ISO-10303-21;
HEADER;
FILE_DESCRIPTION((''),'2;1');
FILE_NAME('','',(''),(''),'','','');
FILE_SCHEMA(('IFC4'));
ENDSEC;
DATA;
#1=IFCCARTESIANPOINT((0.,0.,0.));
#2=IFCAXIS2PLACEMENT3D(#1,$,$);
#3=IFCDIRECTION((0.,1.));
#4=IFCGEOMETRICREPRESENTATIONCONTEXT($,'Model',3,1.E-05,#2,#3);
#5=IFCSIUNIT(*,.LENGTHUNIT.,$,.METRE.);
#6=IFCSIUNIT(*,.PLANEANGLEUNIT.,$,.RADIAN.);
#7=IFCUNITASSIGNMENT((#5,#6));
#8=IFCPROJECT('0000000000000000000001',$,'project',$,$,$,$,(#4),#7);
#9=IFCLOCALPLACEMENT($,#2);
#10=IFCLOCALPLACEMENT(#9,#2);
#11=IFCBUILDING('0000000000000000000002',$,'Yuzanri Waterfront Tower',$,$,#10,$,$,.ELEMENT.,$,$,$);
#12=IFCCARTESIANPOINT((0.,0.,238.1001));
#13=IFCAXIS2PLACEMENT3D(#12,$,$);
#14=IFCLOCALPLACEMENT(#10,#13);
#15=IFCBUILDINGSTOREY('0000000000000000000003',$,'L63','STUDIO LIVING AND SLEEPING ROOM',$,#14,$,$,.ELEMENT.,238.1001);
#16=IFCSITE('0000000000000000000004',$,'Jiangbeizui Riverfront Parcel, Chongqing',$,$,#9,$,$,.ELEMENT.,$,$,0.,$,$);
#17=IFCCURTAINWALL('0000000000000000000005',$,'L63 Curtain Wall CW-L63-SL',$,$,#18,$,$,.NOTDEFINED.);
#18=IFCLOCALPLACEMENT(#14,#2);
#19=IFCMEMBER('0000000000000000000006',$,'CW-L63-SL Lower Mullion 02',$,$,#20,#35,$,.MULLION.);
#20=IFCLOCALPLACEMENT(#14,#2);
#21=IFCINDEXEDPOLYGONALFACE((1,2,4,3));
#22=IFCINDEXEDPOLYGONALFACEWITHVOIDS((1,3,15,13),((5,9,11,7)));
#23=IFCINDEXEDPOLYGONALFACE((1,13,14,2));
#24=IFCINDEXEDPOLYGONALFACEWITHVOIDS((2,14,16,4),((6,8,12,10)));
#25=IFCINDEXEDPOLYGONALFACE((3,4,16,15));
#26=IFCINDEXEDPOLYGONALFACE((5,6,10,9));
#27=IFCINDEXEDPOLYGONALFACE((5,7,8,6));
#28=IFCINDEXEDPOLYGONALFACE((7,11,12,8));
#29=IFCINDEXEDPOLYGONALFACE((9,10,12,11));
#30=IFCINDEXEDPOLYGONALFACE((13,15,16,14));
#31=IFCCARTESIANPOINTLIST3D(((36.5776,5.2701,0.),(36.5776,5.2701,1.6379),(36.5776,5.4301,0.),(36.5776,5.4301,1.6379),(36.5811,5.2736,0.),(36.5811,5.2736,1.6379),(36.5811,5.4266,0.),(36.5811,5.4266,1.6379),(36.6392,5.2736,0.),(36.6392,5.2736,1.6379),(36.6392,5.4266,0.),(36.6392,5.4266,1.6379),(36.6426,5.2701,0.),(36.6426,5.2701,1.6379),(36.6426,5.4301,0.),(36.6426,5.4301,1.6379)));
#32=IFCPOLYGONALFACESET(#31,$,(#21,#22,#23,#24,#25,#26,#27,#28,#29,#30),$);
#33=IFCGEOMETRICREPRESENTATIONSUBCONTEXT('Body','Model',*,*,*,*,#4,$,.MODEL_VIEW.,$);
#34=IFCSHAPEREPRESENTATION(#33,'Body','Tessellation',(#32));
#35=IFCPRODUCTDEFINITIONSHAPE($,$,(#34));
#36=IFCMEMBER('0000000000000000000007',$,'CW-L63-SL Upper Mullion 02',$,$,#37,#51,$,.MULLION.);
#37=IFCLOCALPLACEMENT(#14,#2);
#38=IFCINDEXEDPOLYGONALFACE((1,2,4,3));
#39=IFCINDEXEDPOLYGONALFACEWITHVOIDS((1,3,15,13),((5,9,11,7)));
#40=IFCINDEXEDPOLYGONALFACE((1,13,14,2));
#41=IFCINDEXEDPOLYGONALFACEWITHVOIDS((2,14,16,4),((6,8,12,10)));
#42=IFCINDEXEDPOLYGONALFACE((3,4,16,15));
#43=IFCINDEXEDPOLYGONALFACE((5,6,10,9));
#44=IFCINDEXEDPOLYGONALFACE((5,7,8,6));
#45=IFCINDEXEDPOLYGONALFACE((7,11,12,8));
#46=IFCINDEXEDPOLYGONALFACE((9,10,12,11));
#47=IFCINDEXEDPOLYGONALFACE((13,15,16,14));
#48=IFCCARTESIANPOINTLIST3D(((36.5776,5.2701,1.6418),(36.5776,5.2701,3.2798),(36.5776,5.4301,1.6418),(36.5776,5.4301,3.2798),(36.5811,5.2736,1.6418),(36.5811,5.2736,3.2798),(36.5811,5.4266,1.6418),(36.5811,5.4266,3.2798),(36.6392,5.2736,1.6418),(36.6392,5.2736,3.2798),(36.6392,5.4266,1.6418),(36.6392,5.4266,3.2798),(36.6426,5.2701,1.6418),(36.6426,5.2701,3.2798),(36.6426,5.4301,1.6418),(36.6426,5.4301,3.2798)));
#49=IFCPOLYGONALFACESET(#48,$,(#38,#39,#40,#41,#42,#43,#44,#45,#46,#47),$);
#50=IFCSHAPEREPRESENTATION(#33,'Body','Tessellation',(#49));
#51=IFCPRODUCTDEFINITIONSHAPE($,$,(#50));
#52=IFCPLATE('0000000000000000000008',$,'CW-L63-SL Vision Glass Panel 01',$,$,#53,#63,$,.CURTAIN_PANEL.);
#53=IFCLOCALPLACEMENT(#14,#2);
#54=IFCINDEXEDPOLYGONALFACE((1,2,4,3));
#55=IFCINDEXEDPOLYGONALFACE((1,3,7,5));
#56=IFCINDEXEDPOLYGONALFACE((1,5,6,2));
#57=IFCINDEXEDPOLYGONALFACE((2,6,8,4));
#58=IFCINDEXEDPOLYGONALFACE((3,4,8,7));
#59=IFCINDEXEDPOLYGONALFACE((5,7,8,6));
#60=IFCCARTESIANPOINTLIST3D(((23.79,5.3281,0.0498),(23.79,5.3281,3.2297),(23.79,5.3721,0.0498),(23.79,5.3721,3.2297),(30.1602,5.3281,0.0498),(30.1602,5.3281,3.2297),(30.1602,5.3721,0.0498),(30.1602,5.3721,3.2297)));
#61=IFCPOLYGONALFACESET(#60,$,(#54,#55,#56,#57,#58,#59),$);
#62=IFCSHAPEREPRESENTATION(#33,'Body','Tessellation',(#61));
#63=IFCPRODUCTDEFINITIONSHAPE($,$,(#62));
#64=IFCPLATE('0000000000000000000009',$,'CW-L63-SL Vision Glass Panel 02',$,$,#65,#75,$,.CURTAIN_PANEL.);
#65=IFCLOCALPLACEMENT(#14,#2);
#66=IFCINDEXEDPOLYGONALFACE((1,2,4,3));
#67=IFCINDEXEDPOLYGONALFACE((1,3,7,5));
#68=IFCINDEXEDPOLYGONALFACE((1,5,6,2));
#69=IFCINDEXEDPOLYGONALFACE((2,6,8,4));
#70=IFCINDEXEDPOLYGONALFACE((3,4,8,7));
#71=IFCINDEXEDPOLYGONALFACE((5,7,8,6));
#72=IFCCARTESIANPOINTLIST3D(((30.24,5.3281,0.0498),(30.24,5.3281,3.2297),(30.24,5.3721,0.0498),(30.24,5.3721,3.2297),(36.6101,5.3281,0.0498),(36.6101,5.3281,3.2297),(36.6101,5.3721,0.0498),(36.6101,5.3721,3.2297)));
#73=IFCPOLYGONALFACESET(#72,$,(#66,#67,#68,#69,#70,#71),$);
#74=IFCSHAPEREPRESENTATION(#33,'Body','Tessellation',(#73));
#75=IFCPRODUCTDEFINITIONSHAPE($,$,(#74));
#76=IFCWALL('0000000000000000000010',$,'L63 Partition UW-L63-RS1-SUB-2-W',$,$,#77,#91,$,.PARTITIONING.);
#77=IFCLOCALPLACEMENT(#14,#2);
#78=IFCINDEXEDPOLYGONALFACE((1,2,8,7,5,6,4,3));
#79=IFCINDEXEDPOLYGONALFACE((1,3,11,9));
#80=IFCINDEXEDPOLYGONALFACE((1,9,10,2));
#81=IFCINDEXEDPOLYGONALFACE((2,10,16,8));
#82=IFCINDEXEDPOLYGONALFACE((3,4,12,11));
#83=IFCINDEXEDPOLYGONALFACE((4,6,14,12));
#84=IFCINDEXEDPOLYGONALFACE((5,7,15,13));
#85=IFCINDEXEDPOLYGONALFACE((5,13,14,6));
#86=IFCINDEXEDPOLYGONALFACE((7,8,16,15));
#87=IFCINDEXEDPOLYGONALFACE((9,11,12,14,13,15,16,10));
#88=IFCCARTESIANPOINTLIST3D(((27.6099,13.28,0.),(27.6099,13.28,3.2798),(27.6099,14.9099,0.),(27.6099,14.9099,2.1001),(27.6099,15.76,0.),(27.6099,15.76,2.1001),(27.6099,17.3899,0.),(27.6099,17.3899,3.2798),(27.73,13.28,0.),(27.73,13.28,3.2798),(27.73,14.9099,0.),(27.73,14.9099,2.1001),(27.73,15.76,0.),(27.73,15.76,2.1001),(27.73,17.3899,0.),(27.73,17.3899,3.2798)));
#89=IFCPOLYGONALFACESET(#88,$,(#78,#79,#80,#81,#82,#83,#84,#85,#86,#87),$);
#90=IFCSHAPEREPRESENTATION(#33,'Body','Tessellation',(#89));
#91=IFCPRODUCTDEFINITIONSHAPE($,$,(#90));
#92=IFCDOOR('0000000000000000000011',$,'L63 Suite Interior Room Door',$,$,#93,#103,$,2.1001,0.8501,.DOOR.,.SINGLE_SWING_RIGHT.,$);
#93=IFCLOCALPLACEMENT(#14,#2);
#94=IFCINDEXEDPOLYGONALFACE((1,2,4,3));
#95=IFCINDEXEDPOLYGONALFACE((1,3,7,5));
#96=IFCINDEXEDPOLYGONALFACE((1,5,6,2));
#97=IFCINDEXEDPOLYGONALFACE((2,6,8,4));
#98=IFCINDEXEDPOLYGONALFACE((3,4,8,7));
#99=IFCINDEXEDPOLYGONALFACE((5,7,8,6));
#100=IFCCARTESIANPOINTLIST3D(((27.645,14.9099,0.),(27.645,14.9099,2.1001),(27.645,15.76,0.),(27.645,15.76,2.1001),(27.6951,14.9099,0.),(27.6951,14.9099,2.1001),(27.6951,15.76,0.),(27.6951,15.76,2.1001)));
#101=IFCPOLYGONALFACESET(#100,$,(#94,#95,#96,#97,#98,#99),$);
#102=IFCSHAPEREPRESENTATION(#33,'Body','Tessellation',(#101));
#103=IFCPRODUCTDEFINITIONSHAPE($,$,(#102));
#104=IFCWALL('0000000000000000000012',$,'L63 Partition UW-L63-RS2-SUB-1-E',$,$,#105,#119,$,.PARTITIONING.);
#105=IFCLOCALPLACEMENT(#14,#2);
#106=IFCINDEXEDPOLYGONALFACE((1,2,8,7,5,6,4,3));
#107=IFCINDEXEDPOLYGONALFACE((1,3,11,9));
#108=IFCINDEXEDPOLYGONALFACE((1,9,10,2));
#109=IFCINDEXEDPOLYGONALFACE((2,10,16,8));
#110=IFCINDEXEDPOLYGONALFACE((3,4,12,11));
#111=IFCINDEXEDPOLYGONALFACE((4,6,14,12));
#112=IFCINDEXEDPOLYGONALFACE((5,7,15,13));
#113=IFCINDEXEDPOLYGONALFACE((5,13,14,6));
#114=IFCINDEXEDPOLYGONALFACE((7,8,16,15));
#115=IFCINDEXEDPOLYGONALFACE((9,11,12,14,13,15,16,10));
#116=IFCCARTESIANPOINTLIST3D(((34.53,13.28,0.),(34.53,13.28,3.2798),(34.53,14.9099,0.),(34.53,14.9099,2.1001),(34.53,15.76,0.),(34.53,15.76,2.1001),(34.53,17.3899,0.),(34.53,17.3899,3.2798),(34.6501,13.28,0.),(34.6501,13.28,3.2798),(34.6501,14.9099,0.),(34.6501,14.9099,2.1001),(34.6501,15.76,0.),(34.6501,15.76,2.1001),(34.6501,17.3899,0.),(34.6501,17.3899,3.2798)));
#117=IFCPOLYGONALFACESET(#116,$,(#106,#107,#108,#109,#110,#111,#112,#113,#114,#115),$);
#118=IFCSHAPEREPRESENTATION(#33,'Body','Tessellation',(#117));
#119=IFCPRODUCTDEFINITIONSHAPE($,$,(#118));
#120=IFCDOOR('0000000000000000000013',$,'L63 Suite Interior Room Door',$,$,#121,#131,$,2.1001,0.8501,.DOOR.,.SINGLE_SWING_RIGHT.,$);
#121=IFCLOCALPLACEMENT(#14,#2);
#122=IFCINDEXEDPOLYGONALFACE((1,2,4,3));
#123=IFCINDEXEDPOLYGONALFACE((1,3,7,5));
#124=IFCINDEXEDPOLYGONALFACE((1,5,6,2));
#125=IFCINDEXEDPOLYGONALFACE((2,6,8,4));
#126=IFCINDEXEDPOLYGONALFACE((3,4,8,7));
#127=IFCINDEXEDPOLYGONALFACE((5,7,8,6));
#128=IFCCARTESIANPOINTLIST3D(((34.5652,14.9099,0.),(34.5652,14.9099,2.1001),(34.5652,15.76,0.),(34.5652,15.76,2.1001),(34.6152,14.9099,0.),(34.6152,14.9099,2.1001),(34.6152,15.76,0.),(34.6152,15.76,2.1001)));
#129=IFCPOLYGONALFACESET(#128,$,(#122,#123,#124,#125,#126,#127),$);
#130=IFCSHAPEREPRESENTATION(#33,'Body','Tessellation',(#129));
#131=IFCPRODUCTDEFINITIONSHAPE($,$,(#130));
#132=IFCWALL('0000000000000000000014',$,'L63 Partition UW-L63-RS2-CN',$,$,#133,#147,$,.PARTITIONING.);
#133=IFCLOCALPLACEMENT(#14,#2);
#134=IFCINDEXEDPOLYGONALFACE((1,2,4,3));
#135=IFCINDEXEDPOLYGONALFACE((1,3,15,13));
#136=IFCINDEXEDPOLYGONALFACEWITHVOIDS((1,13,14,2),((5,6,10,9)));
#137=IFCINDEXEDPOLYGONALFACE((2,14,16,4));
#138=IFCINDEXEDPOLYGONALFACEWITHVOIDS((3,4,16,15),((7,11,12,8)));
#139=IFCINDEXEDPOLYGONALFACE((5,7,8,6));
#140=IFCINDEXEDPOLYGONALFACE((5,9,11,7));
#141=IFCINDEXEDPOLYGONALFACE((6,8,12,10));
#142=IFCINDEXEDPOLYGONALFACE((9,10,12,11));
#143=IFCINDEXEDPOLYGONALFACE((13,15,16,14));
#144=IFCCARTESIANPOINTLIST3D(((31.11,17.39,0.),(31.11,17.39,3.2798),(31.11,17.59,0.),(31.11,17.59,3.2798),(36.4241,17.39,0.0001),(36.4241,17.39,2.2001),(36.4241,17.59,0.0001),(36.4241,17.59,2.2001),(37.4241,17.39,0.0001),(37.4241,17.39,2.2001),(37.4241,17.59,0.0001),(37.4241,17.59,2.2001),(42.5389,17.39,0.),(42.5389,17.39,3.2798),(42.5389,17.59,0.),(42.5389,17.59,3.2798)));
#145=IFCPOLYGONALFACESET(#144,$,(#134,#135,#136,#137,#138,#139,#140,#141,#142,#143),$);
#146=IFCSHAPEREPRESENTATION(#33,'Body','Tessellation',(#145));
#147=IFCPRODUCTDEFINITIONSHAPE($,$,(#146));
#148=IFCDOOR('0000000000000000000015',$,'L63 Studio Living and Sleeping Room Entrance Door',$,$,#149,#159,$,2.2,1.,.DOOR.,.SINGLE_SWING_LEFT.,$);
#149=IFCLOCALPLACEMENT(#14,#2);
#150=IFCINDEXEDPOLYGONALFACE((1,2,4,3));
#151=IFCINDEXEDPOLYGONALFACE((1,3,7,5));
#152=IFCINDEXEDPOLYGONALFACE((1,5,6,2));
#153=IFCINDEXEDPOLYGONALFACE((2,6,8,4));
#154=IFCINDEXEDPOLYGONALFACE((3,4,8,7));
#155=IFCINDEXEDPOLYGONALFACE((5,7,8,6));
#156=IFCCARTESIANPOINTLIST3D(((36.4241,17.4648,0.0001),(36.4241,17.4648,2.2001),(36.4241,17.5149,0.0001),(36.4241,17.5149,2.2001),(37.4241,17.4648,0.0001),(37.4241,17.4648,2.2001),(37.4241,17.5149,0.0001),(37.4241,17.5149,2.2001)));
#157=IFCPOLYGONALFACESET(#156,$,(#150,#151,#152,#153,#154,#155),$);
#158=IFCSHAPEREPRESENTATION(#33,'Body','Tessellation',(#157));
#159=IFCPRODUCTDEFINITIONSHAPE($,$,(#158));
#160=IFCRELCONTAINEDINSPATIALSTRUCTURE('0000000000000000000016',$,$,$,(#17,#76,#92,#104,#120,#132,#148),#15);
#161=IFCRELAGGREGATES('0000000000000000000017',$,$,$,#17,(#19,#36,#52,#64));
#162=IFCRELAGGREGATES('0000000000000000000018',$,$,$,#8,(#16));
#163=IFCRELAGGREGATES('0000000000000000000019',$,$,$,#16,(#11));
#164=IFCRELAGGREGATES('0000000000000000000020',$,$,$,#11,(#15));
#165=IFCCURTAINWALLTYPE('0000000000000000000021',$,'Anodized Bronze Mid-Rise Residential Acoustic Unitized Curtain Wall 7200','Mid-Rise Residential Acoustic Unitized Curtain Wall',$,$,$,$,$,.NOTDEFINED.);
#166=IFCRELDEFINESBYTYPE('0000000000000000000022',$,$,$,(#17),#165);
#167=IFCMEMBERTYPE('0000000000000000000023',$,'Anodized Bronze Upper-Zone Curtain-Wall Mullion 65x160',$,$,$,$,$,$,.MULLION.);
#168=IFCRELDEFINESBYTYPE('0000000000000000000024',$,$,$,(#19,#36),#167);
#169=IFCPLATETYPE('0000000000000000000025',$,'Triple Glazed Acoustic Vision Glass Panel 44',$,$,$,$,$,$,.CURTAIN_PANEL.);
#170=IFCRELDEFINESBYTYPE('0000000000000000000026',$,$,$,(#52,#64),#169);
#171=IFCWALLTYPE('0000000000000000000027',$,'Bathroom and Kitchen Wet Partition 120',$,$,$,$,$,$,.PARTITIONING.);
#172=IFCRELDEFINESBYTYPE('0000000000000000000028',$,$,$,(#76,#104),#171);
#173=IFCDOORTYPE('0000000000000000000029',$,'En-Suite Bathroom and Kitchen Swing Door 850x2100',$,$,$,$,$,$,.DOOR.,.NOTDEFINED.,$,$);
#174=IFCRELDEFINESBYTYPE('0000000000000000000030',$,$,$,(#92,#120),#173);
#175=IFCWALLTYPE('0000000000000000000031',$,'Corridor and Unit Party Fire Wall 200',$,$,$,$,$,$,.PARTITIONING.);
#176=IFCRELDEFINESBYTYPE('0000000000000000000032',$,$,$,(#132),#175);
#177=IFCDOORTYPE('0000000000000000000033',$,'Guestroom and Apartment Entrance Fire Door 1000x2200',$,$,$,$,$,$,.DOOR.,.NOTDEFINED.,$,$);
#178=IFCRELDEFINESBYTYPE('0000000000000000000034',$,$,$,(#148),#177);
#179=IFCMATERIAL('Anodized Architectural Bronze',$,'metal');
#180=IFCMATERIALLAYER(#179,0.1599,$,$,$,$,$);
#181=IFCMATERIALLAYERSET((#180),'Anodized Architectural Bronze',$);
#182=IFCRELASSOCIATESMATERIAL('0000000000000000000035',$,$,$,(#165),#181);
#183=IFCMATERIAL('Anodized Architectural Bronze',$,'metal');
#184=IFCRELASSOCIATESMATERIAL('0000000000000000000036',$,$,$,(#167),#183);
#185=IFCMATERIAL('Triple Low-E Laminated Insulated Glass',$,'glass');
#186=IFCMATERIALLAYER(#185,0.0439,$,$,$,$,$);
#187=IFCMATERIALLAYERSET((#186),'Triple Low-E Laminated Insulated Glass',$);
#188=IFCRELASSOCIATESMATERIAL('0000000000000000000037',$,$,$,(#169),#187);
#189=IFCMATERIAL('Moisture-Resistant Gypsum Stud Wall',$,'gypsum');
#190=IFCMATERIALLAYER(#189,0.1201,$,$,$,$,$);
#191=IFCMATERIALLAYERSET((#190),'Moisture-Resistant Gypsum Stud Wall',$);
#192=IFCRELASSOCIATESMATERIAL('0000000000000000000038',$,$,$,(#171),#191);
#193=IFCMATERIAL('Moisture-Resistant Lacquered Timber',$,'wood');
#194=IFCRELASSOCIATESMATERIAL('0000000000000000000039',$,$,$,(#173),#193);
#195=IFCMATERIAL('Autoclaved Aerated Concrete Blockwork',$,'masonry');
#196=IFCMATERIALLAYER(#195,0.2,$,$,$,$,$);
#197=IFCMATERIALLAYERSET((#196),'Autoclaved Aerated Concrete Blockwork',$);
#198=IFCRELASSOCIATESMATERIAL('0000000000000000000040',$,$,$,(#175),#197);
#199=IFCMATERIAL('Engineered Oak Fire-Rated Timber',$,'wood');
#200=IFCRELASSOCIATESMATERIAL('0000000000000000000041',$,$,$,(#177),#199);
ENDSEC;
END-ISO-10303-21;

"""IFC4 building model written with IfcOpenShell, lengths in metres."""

from ifc_helpers import new_model, si_unit, direction, frame, frame_2d, origin, origin_2d, place, context, subcontext, project, spatial, rectangle, hollow_rectangle, extrude, source, transform, mapped, material, layer, layer_set, material_profile, profile_set, type_object, element, fill, aggregate, save


model = new_model("IFC4")

# Units and contexts
model_context = context("Model", 3, precision=1e-05, world=origin(), true_north=direction((0.0, 1.0)))
body_context = subcontext(model_context, "Body", "Model", "MODEL_VIEW")
ifc_project = project(units=[si_unit("LENGTHUNIT", "METRE"), si_unit("PLANEANGLEUNIT", "RADIAN")], contexts=[model_context])

# Site, building, storey
site_placement = place(None, origin())
site = spatial("IfcSite", under=ifc_project, at=site_placement, Name="Jiangbeizui Riverfront Parcel, Chongqing", CompositionType="ELEMENT", RefElevation=0.0)
building_placement = place(site_placement, origin())
building = spatial("IfcBuilding", under=site, at=building_placement, Name="Yuzanri Waterfront Tower", CompositionType="ELEMENT")
storey_placement = place(building_placement, frame((0.0, 0.0, 238.1001)))
storey = spatial("IfcBuildingStorey", under=building, at=storey_placement, Name="L63", Description="STUDIO LIVING AND SLEEPING ROOM", CompositionType="ELEMENT", Elevation=238.1001)

# Curtain wall, members, plates
ifc_material_1 = material(Name="Anodized Architectural Bronze", Category="metal")
ifc_layer_1 = layer(ifc_material_1, 0.1599)
ifc_layer_set_1 = layer_set([ifc_layer_1], Name="Anodized Architectural Bronze")
curtain_wall_type = type_object("IfcCurtainWallType", Name="Anodized Bronze Mid-Rise Residential Acoustic Unitized Curtain Wall 7200", Description="Mid-Rise Residential Acoustic Unitized Curtain Wall", PredefinedType="NOTDEFINED", material=ifc_layer_set_1)
curtain_wall_placement = place(storey_placement, origin())
curtain_wall = element("IfcCurtainWall", 1, at=curtain_wall_placement, inside=storey, type_object=curtain_wall_type, Name="L63 Curtain Wall CW-L63-SL", PredefinedType="NOTDEFINED")
ifc_material_2 = material(Name="Anodized Architectural Bronze", Category="metal")
ifc_material_profile_1 = material_profile(ifc_material_2, hollow_rectangle(XDim=0.0649, YDim=0.1599, WallThickness=0.0034, at=origin_2d()), Name="CWM 65x160")
ifc_profile_set_1 = profile_set([ifc_material_profile_1], Name="Anodized Architectural Bronze")
member_type = type_object("IfcMemberType", Name="Anodized Bronze Upper-Zone Curtain-Wall Mullion 65x160", PredefinedType="MULLION", material=ifc_profile_set_1)
shared_shape_1 = source(origin(), body_context, "Body", "SweptSolid", [
    extrude(hollow_rectangle(XDim=0.0649, YDim=0.1599, WallThickness=0.0034, at=origin_2d()), origin(), (0.0, 0.0, 1.0), 1.6379),
])
member_1_placement = place(storey_placement, frame((36.6101, 5.3501, 0.0), z_axis=(0.0, 0.0, 1.0), x_axis=(1.0, 0.0, 0.0)))
member_1 = element("IfcMember", 2, at=member_1_placement, type_object=member_type, Name="CW-L63-SL Lower Mullion 02", PredefinedType="MULLION", context=body_context, shape_type="MappedRepresentation", body=[
    mapped(shared_shape_1, transform((0.0, 0.0, 0.0), scale=1.0)),
])
member_2_placement = place(storey_placement, frame((36.6101, 5.3501, 1.6418), z_axis=(0.0, 0.0, 1.0), x_axis=(1.0, 0.0, 0.0)))
member_2 = element("IfcMember", 3, at=member_2_placement, type_object=member_type, Name="CW-L63-SL Upper Mullion 02", PredefinedType="MULLION", context=body_context, shape_type="MappedRepresentation", body=[
    mapped(shared_shape_1, transform((0.0, 0.0, 0.0), scale=1.0)),
])
ifc_material_3 = material(Name="Triple Low-E Laminated Insulated Glass", Category="glass")
ifc_layer_2 = layer(ifc_material_3, 0.0439)
ifc_layer_set_2 = layer_set([ifc_layer_2], Name="Triple Low-E Laminated Insulated Glass")
plate_type = type_object("IfcPlateType", Name="Triple Glazed Acoustic Vision Glass Panel 44", PredefinedType="CURTAIN_PANEL", material=ifc_layer_set_2)
shared_shape_2 = source(origin(), body_context, "Body", "SweptSolid", [
    extrude(rectangle(XDim=6.3701, YDim=0.0439, at=origin_2d()), origin(), (0.0, 0.0, 1.0), 3.1799),
])
plate_1_placement = place(storey_placement, frame((26.9751, 5.3501, 0.0498), z_axis=(0.0, 0.0, 1.0), x_axis=(1.0, 0.0, 0.0)))
plate_1 = element("IfcPlate", 4, at=plate_1_placement, type_object=plate_type, Name="CW-L63-SL Vision Glass Panel 01", PredefinedType="CURTAIN_PANEL", context=body_context, shape_type="MappedRepresentation", body=[
    mapped(shared_shape_2, transform((0.0, 0.0, 0.0), scale=1.0)),
])
plate_2_placement = place(storey_placement, frame((33.425, 5.3501, 0.0498), z_axis=(0.0, 0.0, 1.0), x_axis=(1.0, 0.0, 0.0)))
plate_2 = element("IfcPlate", 5, at=plate_2_placement, type_object=plate_type, Name="CW-L63-SL Vision Glass Panel 02", PredefinedType="CURTAIN_PANEL", context=body_context, shape_type="MappedRepresentation", body=[
    mapped(shared_shape_2, transform((0.0, 0.0, 0.0), scale=1.0)),
])
aggregate(curtain_wall, [member_1, member_2, plate_1, plate_2])

# Walls, openings, doors
ifc_material_4 = material(Name="Moisture-Resistant Gypsum Stud Wall", Category="gypsum")
ifc_layer_3 = layer(ifc_material_4, 0.1201)
ifc_layer_set_3 = layer_set([ifc_layer_3], Name="Moisture-Resistant Gypsum Stud Wall")
wall_type_1 = type_object("IfcWallType", Name="Bathroom and Kitchen Wet Partition 120", PredefinedType="PARTITIONING", material=ifc_layer_set_3)
wall_1_placement = place(storey_placement, frame((27.6699, 13.28, 0.0), z_axis=(0.0, 0.0, 1.0), x_axis=(0.0, 1.0, 0.0)))
wall_1 = element("IfcWall", 6, at=wall_1_placement, inside=storey, type_object=wall_type_1, Name="L63 Partition UW-L63-RS1-SUB-2-W", PredefinedType="PARTITIONING", context=body_context, shape_type="SweptSolid", body=[
    extrude(rectangle(XDim=4.1099, YDim=0.1201, at=frame_2d((2.0549, 0.0))), origin(), (0.0, 0.0, 1.0), 3.2798),
])
opening_1_placement = place(wall_1_placement, frame((1.6299, 0.0, 0.0)))
opening_1 = element("IfcOpeningElement", 7, at=opening_1_placement, cuts=wall_1, PredefinedType="OPENING", context=body_context, shape_type="SweptSolid", body=[
    extrude(rectangle(XDim=0.8501, YDim=2.1001, at=frame_2d((0.425, 1.05))), frame((0.0, 0.075, 0.0), z_axis=(0.0, -1.0, 0.0), x_axis=(1.0, 0.0, 0.0)), (0.0, 0.0, 1.0), 0.1499),
])
ifc_material_5 = material(Name="Moisture-Resistant Lacquered Timber", Category="wood")
door_type_1 = type_object("IfcDoorType", Name="En-Suite Bathroom and Kitchen Swing Door 850x2100", OperationType="NOTDEFINED", PredefinedType="DOOR", material=ifc_material_5)
shared_shape_3 = source(origin(), body_context, "Body", "SweptSolid", [
    extrude(rectangle(XDim=0.8501, YDim=2.1001, at=frame_2d((0.425, 1.05))), frame((0.0, 0.0249, 0.0), z_axis=(0.0, -1.0, 0.0), x_axis=(1.0, 0.0, 0.0)), (0.0, 0.0, 1.0), 0.05),
])
door_1_placement = place(opening_1_placement, origin())
door_1 = element("IfcDoor", 8, at=door_1_placement, inside=storey, type_object=door_type_1, Name="L63 Suite Interior Room Door", OperationType="SINGLE_SWING_RIGHT", OverallHeight=2.1001, OverallWidth=0.8501, PredefinedType="DOOR", context=body_context, shape_type="MappedRepresentation", body=[
    mapped(shared_shape_3, transform((0.0, 0.0, 0.0), scale=1.0)),
])
fill(opening_1, door_1)
wall_2_placement = place(storey_placement, frame((34.5901, 13.28, 0.0), z_axis=(0.0, 0.0, 1.0), x_axis=(0.0, 1.0, 0.0)))
wall_2 = element("IfcWall", 9, at=wall_2_placement, inside=storey, type_object=wall_type_1, Name="L63 Partition UW-L63-RS2-SUB-1-E", PredefinedType="PARTITIONING", context=body_context, shape_type="SweptSolid", body=[
    extrude(rectangle(XDim=4.1099, YDim=0.1201, at=frame_2d((2.0549, 0.0))), origin(), (0.0, 0.0, 1.0), 3.2798),
])
opening_2_placement = place(wall_2_placement, frame((1.6299, 0.0, 0.0)))
opening_2 = element("IfcOpeningElement", 10, at=opening_2_placement, cuts=wall_2, PredefinedType="OPENING", context=body_context, shape_type="SweptSolid", body=[
    extrude(rectangle(XDim=0.8501, YDim=2.1001, at=frame_2d((0.425, 1.05))), frame((0.0, 0.075, 0.0), z_axis=(0.0, -1.0, 0.0), x_axis=(1.0, 0.0, 0.0)), (0.0, 0.0, 1.0), 0.1499),
])
door_2_placement = place(opening_2_placement, origin())
door_2 = element("IfcDoor", 11, at=door_2_placement, inside=storey, type_object=door_type_1, Name="L63 Suite Interior Room Door", OperationType="SINGLE_SWING_RIGHT", OverallHeight=2.1001, OverallWidth=0.8501, PredefinedType="DOOR", context=body_context, shape_type="MappedRepresentation", body=[
    mapped(shared_shape_3, transform((0.0, 0.0, 0.0), scale=1.0)),
])
fill(opening_2, door_2)
ifc_material_6 = material(Name="Autoclaved Aerated Concrete Blockwork", Category="masonry")
ifc_layer_4 = layer(ifc_material_6, 0.2)
ifc_layer_set_4 = layer_set([ifc_layer_4], Name="Autoclaved Aerated Concrete Blockwork")
wall_type_2 = type_object("IfcWallType", Name="Corridor and Unit Party Fire Wall 200", PredefinedType="PARTITIONING", material=ifc_layer_set_4)
wall_3_placement = place(storey_placement, frame((31.1101, 17.49, 0.0), z_axis=(0.0, 0.0, 1.0), x_axis=(1.0, 0.0, 0.0)))
wall_3 = element("IfcWall", 12, at=wall_3_placement, inside=storey, type_object=wall_type_2, Name="L63 Partition UW-L63-RS2-CN", PredefinedType="PARTITIONING", context=body_context, shape_type="SweptSolid", body=[
    extrude(rectangle(XDim=11.429, YDim=0.2, at=frame_2d((5.7144, 0.0))), origin(), (0.0, 0.0, 1.0), 3.2798),
])
opening_3_placement = place(wall_3_placement, frame((5.314, 0.0, 0.0)))
opening_3 = element("IfcOpeningElement", 13, at=opening_3_placement, cuts=wall_3, PredefinedType="OPENING", context=body_context, shape_type="SweptSolid", body=[
    extrude(rectangle(XDim=1.0, YDim=2.2, at=frame_2d((0.5, 1.1001))), frame((0.0, 0.1147, 0.0), z_axis=(0.0, -1.0, 0.0), x_axis=(1.0, 0.0, 0.0)), (0.0, 0.0, 1.0), 0.2297),
])
ifc_material_7 = material(Name="Engineered Oak Fire-Rated Timber", Category="wood")
door_type_2 = type_object("IfcDoorType", Name="Guestroom and Apartment Entrance Fire Door 1000x2200", OperationType="NOTDEFINED", PredefinedType="DOOR", material=ifc_material_7)
shared_shape_4 = source(origin(), body_context, "Body", "SweptSolid", [
    extrude(rectangle(XDim=1.0, YDim=2.2, at=frame_2d((0.5, 1.1001))), frame((0.0, 0.0249, 0.0), z_axis=(0.0, -1.0, 0.0), x_axis=(1.0, 0.0, 0.0)), (0.0, 0.0, 1.0), 0.05),
])
door_3_placement = place(opening_3_placement, origin())
door_3 = element("IfcDoor", 14, at=door_3_placement, inside=storey, type_object=door_type_2, Name="L63 Studio Living and Sleeping Room Entrance Door", OperationType="SINGLE_SWING_LEFT", OverallHeight=2.2, OverallWidth=1.0, PredefinedType="DOOR", context=body_context, shape_type="MappedRepresentation", body=[
    mapped(shared_shape_4, transform((0.0, 0.0, 0.0), scale=1.0)),
])
fill(opening_3, door_3)

save(model, "model.ifc")
